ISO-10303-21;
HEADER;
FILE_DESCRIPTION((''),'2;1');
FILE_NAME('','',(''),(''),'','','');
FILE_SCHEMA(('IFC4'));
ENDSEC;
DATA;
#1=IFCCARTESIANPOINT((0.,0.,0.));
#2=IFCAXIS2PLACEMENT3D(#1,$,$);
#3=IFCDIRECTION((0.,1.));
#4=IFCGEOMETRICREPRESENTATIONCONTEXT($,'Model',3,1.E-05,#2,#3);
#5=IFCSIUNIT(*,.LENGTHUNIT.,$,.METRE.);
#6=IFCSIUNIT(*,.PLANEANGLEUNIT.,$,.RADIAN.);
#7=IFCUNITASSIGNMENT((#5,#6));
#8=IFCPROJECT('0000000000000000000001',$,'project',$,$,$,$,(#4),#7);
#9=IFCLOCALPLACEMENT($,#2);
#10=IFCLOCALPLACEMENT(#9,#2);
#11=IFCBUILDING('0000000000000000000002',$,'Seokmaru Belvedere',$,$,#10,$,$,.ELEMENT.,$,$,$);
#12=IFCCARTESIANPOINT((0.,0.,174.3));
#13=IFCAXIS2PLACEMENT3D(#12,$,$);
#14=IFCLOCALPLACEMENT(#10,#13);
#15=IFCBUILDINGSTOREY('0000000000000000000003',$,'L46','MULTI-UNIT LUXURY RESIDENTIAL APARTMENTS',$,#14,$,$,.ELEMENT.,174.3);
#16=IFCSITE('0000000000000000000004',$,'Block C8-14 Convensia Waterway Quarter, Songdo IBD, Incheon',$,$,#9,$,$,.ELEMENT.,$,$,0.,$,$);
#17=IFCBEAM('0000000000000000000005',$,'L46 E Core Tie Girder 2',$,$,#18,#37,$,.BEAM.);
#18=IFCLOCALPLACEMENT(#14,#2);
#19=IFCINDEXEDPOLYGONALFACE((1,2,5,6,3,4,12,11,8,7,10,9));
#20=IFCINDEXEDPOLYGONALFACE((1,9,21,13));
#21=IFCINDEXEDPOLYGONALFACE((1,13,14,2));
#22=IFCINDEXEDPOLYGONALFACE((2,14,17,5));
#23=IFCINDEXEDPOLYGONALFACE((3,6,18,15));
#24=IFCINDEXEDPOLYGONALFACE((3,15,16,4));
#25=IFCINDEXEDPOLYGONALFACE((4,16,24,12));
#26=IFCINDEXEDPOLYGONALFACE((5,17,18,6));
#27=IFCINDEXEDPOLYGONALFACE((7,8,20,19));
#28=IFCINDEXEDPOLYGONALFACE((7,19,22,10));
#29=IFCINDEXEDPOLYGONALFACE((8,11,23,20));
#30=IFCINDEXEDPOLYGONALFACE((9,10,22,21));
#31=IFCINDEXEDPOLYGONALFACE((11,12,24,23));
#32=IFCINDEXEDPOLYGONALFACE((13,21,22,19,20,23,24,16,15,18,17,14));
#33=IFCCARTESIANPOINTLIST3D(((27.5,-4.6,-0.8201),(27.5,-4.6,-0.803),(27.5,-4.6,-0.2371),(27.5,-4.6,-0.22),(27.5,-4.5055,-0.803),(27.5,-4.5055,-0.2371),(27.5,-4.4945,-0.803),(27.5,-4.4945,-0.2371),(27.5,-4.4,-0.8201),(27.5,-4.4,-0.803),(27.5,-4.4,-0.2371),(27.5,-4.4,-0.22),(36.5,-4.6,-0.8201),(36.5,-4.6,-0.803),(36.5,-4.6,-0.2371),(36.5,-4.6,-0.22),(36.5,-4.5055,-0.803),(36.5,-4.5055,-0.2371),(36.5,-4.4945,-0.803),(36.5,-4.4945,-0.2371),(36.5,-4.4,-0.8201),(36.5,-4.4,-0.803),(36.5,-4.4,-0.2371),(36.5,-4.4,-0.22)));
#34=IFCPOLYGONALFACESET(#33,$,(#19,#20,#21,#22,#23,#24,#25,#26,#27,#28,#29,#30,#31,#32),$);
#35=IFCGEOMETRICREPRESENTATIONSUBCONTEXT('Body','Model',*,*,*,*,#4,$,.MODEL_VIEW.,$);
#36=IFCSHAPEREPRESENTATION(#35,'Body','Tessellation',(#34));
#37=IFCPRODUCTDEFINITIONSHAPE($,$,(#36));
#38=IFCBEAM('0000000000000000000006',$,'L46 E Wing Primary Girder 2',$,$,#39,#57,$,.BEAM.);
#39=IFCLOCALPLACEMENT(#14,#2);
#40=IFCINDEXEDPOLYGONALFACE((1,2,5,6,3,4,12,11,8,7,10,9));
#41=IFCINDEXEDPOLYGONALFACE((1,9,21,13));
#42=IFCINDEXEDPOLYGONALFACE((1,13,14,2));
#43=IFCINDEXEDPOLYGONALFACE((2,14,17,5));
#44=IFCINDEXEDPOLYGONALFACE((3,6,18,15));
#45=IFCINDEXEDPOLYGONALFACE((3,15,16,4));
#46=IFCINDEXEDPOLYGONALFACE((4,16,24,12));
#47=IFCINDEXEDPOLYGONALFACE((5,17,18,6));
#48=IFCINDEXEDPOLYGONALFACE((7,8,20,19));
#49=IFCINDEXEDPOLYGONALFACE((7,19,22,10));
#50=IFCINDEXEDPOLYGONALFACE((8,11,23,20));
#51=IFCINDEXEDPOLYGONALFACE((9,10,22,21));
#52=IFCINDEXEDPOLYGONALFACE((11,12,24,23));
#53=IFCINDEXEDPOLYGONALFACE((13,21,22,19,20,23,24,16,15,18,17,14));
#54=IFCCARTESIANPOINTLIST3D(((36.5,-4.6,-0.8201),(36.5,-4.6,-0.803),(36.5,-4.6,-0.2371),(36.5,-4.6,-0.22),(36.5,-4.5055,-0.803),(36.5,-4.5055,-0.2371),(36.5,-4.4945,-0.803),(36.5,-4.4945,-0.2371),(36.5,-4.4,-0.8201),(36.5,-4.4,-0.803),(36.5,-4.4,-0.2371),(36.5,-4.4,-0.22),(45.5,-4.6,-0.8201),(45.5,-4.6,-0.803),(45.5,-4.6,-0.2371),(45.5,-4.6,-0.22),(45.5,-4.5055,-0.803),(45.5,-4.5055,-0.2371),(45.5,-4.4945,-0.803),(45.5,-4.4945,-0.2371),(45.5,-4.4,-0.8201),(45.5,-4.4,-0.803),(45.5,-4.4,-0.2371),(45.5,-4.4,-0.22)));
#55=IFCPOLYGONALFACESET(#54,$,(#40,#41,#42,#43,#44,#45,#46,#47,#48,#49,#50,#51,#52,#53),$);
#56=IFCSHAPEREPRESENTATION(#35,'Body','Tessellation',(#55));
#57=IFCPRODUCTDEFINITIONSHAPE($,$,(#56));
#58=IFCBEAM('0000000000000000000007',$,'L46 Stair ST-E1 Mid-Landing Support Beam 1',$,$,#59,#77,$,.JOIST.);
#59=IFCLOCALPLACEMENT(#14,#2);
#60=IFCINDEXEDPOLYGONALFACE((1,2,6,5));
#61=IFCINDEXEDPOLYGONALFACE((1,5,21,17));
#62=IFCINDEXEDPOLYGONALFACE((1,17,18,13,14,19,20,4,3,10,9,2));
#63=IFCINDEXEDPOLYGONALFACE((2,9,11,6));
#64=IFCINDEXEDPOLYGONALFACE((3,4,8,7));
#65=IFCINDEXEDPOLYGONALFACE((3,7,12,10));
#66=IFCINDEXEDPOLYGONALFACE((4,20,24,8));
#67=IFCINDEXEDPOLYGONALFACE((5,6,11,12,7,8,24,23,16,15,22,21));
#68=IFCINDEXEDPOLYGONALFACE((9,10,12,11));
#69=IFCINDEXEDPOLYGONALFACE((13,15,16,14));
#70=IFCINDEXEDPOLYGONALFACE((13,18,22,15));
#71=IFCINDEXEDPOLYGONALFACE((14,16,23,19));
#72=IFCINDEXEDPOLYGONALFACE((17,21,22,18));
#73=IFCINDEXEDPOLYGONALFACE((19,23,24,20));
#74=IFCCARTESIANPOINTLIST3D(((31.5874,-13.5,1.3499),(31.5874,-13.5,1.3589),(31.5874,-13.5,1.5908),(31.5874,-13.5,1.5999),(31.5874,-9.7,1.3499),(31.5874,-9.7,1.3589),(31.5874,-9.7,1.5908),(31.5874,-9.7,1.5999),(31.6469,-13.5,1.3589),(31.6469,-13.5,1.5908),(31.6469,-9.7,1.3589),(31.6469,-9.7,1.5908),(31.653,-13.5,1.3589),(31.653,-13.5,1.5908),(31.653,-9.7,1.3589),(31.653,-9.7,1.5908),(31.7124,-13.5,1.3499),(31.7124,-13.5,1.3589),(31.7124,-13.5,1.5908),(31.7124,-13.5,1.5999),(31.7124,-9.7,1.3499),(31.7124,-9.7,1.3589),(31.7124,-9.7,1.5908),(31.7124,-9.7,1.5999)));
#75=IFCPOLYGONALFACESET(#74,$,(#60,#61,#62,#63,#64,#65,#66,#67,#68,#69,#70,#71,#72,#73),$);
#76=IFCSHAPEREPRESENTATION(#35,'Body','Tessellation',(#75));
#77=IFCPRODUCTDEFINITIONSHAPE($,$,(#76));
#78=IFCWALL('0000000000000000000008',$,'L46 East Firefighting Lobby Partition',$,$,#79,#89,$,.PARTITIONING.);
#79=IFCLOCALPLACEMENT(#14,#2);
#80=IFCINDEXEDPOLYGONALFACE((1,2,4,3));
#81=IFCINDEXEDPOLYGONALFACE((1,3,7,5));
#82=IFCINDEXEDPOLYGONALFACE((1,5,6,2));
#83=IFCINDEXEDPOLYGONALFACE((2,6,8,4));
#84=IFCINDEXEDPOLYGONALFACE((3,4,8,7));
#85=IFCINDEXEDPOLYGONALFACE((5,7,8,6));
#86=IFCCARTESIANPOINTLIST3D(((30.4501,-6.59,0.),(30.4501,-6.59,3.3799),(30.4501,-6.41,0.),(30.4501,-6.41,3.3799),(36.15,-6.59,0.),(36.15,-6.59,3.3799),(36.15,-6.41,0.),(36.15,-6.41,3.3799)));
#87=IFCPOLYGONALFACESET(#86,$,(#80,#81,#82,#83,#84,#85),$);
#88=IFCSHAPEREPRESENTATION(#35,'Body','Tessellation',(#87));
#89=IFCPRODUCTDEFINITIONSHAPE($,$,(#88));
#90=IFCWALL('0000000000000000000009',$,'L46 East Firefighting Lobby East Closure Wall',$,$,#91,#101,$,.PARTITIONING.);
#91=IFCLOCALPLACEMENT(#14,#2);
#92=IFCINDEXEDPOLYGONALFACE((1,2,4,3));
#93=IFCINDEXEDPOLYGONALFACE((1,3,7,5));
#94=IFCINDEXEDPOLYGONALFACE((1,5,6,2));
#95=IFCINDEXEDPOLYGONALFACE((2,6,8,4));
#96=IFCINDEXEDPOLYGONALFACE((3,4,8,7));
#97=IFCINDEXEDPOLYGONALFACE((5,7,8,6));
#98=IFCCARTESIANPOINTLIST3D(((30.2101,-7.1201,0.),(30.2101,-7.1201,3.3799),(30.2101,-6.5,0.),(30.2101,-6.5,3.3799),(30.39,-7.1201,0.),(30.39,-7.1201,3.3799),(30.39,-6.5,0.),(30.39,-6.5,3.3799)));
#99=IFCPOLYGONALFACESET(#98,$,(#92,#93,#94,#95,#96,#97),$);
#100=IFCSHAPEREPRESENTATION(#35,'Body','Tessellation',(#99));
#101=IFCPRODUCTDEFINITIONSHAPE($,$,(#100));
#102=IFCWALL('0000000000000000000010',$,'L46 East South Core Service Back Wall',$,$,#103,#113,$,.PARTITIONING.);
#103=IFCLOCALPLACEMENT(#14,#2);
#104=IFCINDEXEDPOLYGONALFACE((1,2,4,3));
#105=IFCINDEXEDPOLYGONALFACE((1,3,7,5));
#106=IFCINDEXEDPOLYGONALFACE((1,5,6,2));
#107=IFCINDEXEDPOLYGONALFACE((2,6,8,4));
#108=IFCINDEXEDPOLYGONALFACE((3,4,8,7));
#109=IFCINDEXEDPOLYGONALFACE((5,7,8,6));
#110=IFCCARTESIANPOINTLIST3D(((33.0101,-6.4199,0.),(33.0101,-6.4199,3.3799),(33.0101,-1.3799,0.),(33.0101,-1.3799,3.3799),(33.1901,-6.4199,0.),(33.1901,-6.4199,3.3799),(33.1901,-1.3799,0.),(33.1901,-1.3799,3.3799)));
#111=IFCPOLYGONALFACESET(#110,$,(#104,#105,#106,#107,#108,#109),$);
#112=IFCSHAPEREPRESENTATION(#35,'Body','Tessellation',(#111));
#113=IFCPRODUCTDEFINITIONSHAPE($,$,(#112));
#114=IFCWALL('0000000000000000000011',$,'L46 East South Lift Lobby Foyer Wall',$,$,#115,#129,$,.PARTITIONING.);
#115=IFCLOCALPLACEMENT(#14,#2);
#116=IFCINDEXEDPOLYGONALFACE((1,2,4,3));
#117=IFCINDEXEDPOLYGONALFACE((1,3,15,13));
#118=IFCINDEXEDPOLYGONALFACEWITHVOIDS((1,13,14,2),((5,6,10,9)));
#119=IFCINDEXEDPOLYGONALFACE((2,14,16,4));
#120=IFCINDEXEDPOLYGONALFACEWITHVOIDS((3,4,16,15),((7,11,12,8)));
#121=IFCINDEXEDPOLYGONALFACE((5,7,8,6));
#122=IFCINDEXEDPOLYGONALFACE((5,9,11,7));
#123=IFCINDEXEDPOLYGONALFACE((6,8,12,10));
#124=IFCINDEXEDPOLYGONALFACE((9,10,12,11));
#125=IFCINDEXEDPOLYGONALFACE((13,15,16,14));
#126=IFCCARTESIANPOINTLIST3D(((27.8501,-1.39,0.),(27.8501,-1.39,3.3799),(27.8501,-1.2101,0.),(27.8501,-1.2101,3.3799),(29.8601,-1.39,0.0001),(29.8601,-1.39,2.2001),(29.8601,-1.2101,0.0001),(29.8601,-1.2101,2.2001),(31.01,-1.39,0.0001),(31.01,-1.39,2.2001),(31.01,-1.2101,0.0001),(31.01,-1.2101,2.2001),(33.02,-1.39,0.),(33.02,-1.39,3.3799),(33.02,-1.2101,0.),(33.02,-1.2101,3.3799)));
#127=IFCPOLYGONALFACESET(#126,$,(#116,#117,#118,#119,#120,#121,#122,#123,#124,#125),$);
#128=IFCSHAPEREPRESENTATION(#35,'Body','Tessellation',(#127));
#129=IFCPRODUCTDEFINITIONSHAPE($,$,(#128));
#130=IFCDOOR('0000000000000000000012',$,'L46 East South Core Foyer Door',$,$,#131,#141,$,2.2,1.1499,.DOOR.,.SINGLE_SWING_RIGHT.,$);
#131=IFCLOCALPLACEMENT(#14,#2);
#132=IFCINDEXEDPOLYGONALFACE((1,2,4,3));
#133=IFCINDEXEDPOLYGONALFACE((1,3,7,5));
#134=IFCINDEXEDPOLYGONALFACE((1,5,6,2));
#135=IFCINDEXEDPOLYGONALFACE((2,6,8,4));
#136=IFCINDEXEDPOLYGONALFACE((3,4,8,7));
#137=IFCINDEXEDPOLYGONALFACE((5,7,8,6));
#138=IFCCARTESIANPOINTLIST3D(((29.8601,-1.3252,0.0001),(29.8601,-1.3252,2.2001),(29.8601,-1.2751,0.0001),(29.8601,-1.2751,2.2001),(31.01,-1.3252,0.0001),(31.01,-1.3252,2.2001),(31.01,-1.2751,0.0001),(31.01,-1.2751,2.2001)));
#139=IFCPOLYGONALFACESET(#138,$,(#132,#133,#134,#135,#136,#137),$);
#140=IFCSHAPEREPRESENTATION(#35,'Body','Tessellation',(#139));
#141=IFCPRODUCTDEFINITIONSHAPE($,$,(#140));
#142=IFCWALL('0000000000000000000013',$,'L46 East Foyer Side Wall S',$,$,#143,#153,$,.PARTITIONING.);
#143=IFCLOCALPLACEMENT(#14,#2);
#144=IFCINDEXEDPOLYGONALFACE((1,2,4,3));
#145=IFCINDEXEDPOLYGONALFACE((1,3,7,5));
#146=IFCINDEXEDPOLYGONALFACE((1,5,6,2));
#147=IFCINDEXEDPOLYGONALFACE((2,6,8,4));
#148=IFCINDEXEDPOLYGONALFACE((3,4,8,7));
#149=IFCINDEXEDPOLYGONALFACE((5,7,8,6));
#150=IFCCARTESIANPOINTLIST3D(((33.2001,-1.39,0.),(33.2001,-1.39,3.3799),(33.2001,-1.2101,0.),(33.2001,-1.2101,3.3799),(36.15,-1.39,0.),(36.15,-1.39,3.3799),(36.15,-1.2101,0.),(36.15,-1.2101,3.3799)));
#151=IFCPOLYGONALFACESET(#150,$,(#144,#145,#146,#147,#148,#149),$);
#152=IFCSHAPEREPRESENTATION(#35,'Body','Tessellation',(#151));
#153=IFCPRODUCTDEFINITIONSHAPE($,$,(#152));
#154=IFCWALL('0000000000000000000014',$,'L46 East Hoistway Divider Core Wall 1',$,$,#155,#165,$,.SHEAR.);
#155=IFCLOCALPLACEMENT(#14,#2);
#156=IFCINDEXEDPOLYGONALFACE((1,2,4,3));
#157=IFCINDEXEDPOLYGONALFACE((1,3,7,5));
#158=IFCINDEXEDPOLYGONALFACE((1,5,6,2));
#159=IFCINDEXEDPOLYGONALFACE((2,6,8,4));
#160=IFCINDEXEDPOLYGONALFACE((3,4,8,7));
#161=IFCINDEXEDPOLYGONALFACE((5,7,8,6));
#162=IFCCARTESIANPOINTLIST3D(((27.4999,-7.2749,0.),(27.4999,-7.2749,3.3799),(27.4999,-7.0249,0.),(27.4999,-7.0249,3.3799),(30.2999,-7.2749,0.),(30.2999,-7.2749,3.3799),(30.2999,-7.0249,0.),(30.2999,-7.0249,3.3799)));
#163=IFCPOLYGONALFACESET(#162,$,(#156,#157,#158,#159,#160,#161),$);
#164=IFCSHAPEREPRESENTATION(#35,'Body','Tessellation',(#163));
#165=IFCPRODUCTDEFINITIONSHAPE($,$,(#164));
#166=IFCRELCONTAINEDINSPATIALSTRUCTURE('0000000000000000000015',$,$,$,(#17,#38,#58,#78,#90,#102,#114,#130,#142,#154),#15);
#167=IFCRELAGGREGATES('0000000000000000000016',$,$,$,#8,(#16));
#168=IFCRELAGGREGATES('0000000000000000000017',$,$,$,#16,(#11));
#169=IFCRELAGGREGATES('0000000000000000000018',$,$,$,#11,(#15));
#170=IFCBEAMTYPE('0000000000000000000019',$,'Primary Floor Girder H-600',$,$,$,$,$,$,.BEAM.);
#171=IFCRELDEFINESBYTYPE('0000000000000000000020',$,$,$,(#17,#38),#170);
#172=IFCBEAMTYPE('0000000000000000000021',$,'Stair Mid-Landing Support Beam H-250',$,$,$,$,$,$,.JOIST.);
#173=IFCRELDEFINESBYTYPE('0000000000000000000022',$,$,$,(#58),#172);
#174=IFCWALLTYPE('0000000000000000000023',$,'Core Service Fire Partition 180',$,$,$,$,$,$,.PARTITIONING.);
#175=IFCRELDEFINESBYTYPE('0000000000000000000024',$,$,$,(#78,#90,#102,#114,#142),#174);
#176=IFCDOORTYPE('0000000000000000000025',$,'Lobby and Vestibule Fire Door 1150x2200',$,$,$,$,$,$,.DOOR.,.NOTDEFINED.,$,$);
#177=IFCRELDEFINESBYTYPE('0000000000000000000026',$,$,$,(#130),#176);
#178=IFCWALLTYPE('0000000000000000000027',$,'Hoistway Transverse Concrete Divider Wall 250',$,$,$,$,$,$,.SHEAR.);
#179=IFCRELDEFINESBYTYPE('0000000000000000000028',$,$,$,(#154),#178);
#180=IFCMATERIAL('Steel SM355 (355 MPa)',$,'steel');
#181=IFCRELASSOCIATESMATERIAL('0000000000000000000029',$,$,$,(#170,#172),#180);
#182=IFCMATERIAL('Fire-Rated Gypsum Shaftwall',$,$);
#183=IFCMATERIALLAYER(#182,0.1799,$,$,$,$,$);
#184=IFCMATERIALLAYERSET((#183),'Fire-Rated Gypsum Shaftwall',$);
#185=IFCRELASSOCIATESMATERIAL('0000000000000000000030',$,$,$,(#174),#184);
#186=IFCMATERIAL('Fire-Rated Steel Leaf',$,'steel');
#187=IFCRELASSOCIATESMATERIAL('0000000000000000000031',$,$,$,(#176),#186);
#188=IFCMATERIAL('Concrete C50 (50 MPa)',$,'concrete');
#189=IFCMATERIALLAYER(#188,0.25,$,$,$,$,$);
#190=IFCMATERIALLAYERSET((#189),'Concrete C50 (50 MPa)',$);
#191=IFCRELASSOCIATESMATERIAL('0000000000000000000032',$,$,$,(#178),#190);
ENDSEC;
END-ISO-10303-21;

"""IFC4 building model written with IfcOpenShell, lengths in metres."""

from ifc_helpers import new_model, si_unit, direction, frame, frame_2d, origin, origin_2d, place, context, subcontext, project, spatial, rectangle, i_section, extrude, source, transform, mapped, material, layer, layer_set, material_profile, profile_set, type_object, type_shapes, element, fill, save


model = new_model("IFC4")

# Units and contexts
model_context = context("Model", 3, precision=1e-05, world=origin(), true_north=direction((0.0, 1.0)))
body_context = subcontext(model_context, "Body", "Model", "MODEL_VIEW")
ifc_project = project(units=[si_unit("LENGTHUNIT", "METRE"), si_unit("PLANEANGLEUNIT", "RADIAN")], contexts=[model_context])

# Site, building, storey
site_placement = place(None, origin())
site = spatial("IfcSite", under=ifc_project, at=site_placement, Name="Block C8-14 Convensia Waterway Quarter, Songdo IBD, Incheon", CompositionType="ELEMENT", RefElevation=0.0)
building_placement = place(site_placement, origin())
building = spatial("IfcBuilding", under=site, at=building_placement, Name="Seokmaru Belvedere", CompositionType="ELEMENT")
storey_placement = place(building_placement, frame((0.0, 0.0, 174.3)))
storey = spatial("IfcBuildingStorey", under=building, at=storey_placement, Name="L46", Description="MULTI-UNIT LUXURY RESIDENTIAL APARTMENTS", CompositionType="ELEMENT", Elevation=174.3)

# Shared definitions
ifc_material_1 = material(Name="Steel SM355 (355 MPa)", Category="steel")

# Beams
ifc_material_profile_1 = material_profile(ifc_material_1, i_section(OverallWidth=0.2, OverallDepth=0.6001, WebThickness=0.011, FlangeThickness=0.0171, at=origin_2d()), Name="H-600x200x11x17")
ifc_profile_set_1 = profile_set([ifc_material_profile_1], Name="Steel SM355 (355 MPa)")
beam_type_1 = type_object("IfcBeamType", Name="Primary Floor Girder H-600", PredefinedType="BEAM", material=ifc_profile_set_1)
shared_shape_1 = source(origin(), body_context, "Body", "SweptSolid", [
    extrude(i_section(OverallWidth=0.2, OverallDepth=0.6001, WebThickness=0.011, FlangeThickness=0.0171, at=origin_2d()), origin(), (0.0, 0.0, 1.0), 9.0),
])
type_shapes(beam_type_1, [shared_shape_1])
for number, where, z_axis, x_axis, name in (
    (1, (27.5, -4.5, -0.52), (1.0, 0.0, 0.0), (0.0, 1.0, 0.0), "L46 E Core Tie Girder 2"),
    (2, (36.5, -4.5, -0.52), (1.0, 0.0, 0.0), (0.0, 1.0, 0.0), "L46 E Wing Primary Girder 2"),
):
    element("IfcBeam", number, at=place(storey_placement, frame(where, z_axis=z_axis, x_axis=x_axis)), inside=storey, type_object=beam_type_1, Name=name, PredefinedType="BEAM", context=body_context, shape_type="MappedRepresentation", body=[
        mapped(shared_shape_1, transform((0.0, 0.0, 0.0), scale=1.0)),
    ])
ifc_material_profile_2 = material_profile(ifc_material_1, i_section(OverallWidth=0.125, OverallDepth=0.25, WebThickness=0.0061, FlangeThickness=0.009, at=origin_2d()), Name="H-250x125x6x9")
ifc_profile_set_2 = profile_set([ifc_material_profile_2], Name="Steel SM355 (355 MPa)")
beam_type_2 = type_object("IfcBeamType", Name="Stair Mid-Landing Support Beam H-250", PredefinedType="JOIST", material=ifc_profile_set_2)
shared_shape_2 = source(origin(), body_context, "Body", "SweptSolid", [
    extrude(i_section(OverallWidth=0.125, OverallDepth=0.25, WebThickness=0.0061, FlangeThickness=0.009, at=origin_2d()), origin(), (0.0, 0.0, 1.0), 3.8),
])
type_shapes(beam_type_2, [shared_shape_2])
beam_1_placement = place(storey_placement, frame((31.6499, -13.5, 1.4749), z_axis=(0.0, 1.0, 0.0), x_axis=(-1.0, 0.0, 0.0)))
element("IfcBeam", 3, at=beam_1_placement, inside=storey, type_object=beam_type_2, Name="L46 Stair ST-E1 Mid-Landing Support Beam 1", PredefinedType="JOIST", context=body_context, shape_type="MappedRepresentation", body=[
    mapped(shared_shape_2, transform((0.0, 0.0, 0.0), scale=1.0)),
])

# Walls
ifc_material_2 = material(Name="Fire-Rated Gypsum Shaftwall")
ifc_layer_1 = layer(ifc_material_2, 0.1799)
ifc_layer_set_1 = layer_set([ifc_layer_1], Name="Fire-Rated Gypsum Shaftwall")
wall_type_1 = type_object("IfcWallType", Name="Core Service Fire Partition 180", PredefinedType="PARTITIONING", material=ifc_layer_set_1)
wall_1_placement = place(storey_placement, frame((30.45, -6.5, 0.0), z_axis=(0.0, 0.0, 1.0), x_axis=(1.0, 0.0, 0.0)))
element("IfcWall", 4, at=wall_1_placement, inside=storey, type_object=wall_type_1, Name="L46 East Firefighting Lobby Partition", PredefinedType="PARTITIONING", context=body_context, shape_type="SweptSolid", body=[
    extrude(rectangle(XDim=5.7, YDim=0.1799, at=frame_2d((2.8501, 0.0))), origin(), (0.0, 0.0, 1.0), 3.3799),
])
wall_2_placement = place(storey_placement, frame((30.3, -7.1201, 0.0), z_axis=(0.0, 0.0, 1.0), x_axis=(0.0, 1.0, 0.0)))
element("IfcWall", 5, at=wall_2_placement, inside=storey, type_object=wall_type_1, Name="L46 East Firefighting Lobby East Closure Wall", PredefinedType="PARTITIONING", context=body_context, shape_type="SweptSolid", body=[
    extrude(rectangle(XDim=0.6201, YDim=0.1799, at=frame_2d((0.3101, 0.0))), origin(), (0.0, 0.0, 1.0), 3.3799),
])
wall_3_placement = place(storey_placement, frame((33.1001, -6.4199, 0.0), z_axis=(0.0, 0.0, 1.0), x_axis=(0.0, 1.0, 0.0)))
element("IfcWall", 6, at=wall_3_placement, inside=storey, type_object=wall_type_1, Name="L46 East South Core Service Back Wall", PredefinedType="PARTITIONING", context=body_context, shape_type="SweptSolid", body=[
    extrude(rectangle(XDim=5.04, YDim=0.1799, at=frame_2d((2.52, 0.0))), origin(), (0.0, 0.0, 1.0), 3.3799),
])

# Wall, opening, door
wall_4_placement = place(storey_placement, frame((27.8501, -1.3, 0.0), z_axis=(0.0, 0.0, 1.0), x_axis=(1.0, 0.0, 0.0)))
wall_4 = element("IfcWall", 7, at=wall_4_placement, inside=storey, type_object=wall_type_1, Name="L46 East South Lift Lobby Foyer Wall", PredefinedType="PARTITIONING", context=body_context, shape_type="SweptSolid", body=[
    extrude(rectangle(XDim=5.1699, YDim=0.1799, at=frame_2d((2.585, 0.0))), origin(), (0.0, 0.0, 1.0), 3.3799),
])
opening_1_placement = place(wall_4_placement, frame((2.01, 0.0, 0.0)))
opening_1 = element("IfcOpeningElement", 8, at=opening_1_placement, cuts=wall_4, PredefinedType="OPENING", context=body_context, shape_type="SweptSolid", body=[
    extrude(rectangle(XDim=1.1499, YDim=2.2, at=frame_2d((0.575, 1.1001))), frame((0.0, 0.1001, 0.0), z_axis=(0.0, -1.0, 0.0), x_axis=(1.0, 0.0, 0.0)), (0.0, 0.0, 1.0), 0.2),
])
ifc_material_3 = material(Name="Fire-Rated Steel Leaf", Category="steel")
door_type_1 = type_object("IfcDoorType", Name="Lobby and Vestibule Fire Door 1150x2200", OperationType="NOTDEFINED", PredefinedType="DOOR", material=ifc_material_3)
shared_shape_3 = source(origin(), body_context, "Body", "SweptSolid", [
    extrude(rectangle(XDim=1.1499, YDim=2.2, at=frame_2d((0.575, 1.1001))), frame((0.0, 0.0249, 0.0), z_axis=(0.0, -1.0, 0.0), x_axis=(1.0, 0.0, 0.0)), (0.0, 0.0, 1.0), 0.05),
])
type_shapes(door_type_1, [shared_shape_3])
door_1_placement = place(opening_1_placement, origin())
door_1 = element("IfcDoor", 9, at=door_1_placement, inside=storey, type_object=door_type_1, Name="L46 East South Core Foyer Door", OperationType="SINGLE_SWING_RIGHT", OverallHeight=2.2, OverallWidth=1.1499, PredefinedType="DOOR", context=body_context, shape_type="MappedRepresentation", body=[
    mapped(shared_shape_3, transform((0.0, 0.0, 0.0), scale=1.0)),
])
fill(opening_1, door_1)

# Walls
wall_5_placement = place(storey_placement, frame((33.2, -1.3, 0.0), z_axis=(0.0, 0.0, 1.0), x_axis=(1.0, 0.0, 0.0)))
element("IfcWall", 10, at=wall_5_placement, inside=storey, type_object=wall_type_1, Name="L46 East Foyer Side Wall S", PredefinedType="PARTITIONING", context=body_context, shape_type="SweptSolid", body=[
    extrude(rectangle(XDim=2.95, YDim=0.1799, at=frame_2d((1.4751, 0.0))), origin(), (0.0, 0.0, 1.0), 3.3799),
])
ifc_material_4 = material(Name="Concrete C50 (50 MPa)", Category="concrete")
ifc_layer_2 = layer(ifc_material_4, 0.25)
ifc_layer_set_2 = layer_set([ifc_layer_2], Name="Concrete C50 (50 MPa)")
wall_type_2 = type_object("IfcWallType", Name="Hoistway Transverse Concrete Divider Wall 250", PredefinedType="SHEAR", material=ifc_layer_set_2)
wall_6_placement = place(storey_placement, frame((27.5, -7.1499, 0.0), z_axis=(0.0, 0.0, 1.0), x_axis=(1.0, 0.0, 0.0)))
element("IfcWall", 11, at=wall_6_placement, inside=storey, type_object=wall_type_2, Name="L46 East Hoistway Divider Core Wall 1", PredefinedType="SHEAR", context=body_context, shape_type="SweptSolid", body=[
    extrude(rectangle(XDim=2.8, YDim=0.25, at=frame_2d((1.3999, 0.0))), origin(), (0.0, 0.0, 1.0), 3.3799),
])

save(model, "model.ifc")
